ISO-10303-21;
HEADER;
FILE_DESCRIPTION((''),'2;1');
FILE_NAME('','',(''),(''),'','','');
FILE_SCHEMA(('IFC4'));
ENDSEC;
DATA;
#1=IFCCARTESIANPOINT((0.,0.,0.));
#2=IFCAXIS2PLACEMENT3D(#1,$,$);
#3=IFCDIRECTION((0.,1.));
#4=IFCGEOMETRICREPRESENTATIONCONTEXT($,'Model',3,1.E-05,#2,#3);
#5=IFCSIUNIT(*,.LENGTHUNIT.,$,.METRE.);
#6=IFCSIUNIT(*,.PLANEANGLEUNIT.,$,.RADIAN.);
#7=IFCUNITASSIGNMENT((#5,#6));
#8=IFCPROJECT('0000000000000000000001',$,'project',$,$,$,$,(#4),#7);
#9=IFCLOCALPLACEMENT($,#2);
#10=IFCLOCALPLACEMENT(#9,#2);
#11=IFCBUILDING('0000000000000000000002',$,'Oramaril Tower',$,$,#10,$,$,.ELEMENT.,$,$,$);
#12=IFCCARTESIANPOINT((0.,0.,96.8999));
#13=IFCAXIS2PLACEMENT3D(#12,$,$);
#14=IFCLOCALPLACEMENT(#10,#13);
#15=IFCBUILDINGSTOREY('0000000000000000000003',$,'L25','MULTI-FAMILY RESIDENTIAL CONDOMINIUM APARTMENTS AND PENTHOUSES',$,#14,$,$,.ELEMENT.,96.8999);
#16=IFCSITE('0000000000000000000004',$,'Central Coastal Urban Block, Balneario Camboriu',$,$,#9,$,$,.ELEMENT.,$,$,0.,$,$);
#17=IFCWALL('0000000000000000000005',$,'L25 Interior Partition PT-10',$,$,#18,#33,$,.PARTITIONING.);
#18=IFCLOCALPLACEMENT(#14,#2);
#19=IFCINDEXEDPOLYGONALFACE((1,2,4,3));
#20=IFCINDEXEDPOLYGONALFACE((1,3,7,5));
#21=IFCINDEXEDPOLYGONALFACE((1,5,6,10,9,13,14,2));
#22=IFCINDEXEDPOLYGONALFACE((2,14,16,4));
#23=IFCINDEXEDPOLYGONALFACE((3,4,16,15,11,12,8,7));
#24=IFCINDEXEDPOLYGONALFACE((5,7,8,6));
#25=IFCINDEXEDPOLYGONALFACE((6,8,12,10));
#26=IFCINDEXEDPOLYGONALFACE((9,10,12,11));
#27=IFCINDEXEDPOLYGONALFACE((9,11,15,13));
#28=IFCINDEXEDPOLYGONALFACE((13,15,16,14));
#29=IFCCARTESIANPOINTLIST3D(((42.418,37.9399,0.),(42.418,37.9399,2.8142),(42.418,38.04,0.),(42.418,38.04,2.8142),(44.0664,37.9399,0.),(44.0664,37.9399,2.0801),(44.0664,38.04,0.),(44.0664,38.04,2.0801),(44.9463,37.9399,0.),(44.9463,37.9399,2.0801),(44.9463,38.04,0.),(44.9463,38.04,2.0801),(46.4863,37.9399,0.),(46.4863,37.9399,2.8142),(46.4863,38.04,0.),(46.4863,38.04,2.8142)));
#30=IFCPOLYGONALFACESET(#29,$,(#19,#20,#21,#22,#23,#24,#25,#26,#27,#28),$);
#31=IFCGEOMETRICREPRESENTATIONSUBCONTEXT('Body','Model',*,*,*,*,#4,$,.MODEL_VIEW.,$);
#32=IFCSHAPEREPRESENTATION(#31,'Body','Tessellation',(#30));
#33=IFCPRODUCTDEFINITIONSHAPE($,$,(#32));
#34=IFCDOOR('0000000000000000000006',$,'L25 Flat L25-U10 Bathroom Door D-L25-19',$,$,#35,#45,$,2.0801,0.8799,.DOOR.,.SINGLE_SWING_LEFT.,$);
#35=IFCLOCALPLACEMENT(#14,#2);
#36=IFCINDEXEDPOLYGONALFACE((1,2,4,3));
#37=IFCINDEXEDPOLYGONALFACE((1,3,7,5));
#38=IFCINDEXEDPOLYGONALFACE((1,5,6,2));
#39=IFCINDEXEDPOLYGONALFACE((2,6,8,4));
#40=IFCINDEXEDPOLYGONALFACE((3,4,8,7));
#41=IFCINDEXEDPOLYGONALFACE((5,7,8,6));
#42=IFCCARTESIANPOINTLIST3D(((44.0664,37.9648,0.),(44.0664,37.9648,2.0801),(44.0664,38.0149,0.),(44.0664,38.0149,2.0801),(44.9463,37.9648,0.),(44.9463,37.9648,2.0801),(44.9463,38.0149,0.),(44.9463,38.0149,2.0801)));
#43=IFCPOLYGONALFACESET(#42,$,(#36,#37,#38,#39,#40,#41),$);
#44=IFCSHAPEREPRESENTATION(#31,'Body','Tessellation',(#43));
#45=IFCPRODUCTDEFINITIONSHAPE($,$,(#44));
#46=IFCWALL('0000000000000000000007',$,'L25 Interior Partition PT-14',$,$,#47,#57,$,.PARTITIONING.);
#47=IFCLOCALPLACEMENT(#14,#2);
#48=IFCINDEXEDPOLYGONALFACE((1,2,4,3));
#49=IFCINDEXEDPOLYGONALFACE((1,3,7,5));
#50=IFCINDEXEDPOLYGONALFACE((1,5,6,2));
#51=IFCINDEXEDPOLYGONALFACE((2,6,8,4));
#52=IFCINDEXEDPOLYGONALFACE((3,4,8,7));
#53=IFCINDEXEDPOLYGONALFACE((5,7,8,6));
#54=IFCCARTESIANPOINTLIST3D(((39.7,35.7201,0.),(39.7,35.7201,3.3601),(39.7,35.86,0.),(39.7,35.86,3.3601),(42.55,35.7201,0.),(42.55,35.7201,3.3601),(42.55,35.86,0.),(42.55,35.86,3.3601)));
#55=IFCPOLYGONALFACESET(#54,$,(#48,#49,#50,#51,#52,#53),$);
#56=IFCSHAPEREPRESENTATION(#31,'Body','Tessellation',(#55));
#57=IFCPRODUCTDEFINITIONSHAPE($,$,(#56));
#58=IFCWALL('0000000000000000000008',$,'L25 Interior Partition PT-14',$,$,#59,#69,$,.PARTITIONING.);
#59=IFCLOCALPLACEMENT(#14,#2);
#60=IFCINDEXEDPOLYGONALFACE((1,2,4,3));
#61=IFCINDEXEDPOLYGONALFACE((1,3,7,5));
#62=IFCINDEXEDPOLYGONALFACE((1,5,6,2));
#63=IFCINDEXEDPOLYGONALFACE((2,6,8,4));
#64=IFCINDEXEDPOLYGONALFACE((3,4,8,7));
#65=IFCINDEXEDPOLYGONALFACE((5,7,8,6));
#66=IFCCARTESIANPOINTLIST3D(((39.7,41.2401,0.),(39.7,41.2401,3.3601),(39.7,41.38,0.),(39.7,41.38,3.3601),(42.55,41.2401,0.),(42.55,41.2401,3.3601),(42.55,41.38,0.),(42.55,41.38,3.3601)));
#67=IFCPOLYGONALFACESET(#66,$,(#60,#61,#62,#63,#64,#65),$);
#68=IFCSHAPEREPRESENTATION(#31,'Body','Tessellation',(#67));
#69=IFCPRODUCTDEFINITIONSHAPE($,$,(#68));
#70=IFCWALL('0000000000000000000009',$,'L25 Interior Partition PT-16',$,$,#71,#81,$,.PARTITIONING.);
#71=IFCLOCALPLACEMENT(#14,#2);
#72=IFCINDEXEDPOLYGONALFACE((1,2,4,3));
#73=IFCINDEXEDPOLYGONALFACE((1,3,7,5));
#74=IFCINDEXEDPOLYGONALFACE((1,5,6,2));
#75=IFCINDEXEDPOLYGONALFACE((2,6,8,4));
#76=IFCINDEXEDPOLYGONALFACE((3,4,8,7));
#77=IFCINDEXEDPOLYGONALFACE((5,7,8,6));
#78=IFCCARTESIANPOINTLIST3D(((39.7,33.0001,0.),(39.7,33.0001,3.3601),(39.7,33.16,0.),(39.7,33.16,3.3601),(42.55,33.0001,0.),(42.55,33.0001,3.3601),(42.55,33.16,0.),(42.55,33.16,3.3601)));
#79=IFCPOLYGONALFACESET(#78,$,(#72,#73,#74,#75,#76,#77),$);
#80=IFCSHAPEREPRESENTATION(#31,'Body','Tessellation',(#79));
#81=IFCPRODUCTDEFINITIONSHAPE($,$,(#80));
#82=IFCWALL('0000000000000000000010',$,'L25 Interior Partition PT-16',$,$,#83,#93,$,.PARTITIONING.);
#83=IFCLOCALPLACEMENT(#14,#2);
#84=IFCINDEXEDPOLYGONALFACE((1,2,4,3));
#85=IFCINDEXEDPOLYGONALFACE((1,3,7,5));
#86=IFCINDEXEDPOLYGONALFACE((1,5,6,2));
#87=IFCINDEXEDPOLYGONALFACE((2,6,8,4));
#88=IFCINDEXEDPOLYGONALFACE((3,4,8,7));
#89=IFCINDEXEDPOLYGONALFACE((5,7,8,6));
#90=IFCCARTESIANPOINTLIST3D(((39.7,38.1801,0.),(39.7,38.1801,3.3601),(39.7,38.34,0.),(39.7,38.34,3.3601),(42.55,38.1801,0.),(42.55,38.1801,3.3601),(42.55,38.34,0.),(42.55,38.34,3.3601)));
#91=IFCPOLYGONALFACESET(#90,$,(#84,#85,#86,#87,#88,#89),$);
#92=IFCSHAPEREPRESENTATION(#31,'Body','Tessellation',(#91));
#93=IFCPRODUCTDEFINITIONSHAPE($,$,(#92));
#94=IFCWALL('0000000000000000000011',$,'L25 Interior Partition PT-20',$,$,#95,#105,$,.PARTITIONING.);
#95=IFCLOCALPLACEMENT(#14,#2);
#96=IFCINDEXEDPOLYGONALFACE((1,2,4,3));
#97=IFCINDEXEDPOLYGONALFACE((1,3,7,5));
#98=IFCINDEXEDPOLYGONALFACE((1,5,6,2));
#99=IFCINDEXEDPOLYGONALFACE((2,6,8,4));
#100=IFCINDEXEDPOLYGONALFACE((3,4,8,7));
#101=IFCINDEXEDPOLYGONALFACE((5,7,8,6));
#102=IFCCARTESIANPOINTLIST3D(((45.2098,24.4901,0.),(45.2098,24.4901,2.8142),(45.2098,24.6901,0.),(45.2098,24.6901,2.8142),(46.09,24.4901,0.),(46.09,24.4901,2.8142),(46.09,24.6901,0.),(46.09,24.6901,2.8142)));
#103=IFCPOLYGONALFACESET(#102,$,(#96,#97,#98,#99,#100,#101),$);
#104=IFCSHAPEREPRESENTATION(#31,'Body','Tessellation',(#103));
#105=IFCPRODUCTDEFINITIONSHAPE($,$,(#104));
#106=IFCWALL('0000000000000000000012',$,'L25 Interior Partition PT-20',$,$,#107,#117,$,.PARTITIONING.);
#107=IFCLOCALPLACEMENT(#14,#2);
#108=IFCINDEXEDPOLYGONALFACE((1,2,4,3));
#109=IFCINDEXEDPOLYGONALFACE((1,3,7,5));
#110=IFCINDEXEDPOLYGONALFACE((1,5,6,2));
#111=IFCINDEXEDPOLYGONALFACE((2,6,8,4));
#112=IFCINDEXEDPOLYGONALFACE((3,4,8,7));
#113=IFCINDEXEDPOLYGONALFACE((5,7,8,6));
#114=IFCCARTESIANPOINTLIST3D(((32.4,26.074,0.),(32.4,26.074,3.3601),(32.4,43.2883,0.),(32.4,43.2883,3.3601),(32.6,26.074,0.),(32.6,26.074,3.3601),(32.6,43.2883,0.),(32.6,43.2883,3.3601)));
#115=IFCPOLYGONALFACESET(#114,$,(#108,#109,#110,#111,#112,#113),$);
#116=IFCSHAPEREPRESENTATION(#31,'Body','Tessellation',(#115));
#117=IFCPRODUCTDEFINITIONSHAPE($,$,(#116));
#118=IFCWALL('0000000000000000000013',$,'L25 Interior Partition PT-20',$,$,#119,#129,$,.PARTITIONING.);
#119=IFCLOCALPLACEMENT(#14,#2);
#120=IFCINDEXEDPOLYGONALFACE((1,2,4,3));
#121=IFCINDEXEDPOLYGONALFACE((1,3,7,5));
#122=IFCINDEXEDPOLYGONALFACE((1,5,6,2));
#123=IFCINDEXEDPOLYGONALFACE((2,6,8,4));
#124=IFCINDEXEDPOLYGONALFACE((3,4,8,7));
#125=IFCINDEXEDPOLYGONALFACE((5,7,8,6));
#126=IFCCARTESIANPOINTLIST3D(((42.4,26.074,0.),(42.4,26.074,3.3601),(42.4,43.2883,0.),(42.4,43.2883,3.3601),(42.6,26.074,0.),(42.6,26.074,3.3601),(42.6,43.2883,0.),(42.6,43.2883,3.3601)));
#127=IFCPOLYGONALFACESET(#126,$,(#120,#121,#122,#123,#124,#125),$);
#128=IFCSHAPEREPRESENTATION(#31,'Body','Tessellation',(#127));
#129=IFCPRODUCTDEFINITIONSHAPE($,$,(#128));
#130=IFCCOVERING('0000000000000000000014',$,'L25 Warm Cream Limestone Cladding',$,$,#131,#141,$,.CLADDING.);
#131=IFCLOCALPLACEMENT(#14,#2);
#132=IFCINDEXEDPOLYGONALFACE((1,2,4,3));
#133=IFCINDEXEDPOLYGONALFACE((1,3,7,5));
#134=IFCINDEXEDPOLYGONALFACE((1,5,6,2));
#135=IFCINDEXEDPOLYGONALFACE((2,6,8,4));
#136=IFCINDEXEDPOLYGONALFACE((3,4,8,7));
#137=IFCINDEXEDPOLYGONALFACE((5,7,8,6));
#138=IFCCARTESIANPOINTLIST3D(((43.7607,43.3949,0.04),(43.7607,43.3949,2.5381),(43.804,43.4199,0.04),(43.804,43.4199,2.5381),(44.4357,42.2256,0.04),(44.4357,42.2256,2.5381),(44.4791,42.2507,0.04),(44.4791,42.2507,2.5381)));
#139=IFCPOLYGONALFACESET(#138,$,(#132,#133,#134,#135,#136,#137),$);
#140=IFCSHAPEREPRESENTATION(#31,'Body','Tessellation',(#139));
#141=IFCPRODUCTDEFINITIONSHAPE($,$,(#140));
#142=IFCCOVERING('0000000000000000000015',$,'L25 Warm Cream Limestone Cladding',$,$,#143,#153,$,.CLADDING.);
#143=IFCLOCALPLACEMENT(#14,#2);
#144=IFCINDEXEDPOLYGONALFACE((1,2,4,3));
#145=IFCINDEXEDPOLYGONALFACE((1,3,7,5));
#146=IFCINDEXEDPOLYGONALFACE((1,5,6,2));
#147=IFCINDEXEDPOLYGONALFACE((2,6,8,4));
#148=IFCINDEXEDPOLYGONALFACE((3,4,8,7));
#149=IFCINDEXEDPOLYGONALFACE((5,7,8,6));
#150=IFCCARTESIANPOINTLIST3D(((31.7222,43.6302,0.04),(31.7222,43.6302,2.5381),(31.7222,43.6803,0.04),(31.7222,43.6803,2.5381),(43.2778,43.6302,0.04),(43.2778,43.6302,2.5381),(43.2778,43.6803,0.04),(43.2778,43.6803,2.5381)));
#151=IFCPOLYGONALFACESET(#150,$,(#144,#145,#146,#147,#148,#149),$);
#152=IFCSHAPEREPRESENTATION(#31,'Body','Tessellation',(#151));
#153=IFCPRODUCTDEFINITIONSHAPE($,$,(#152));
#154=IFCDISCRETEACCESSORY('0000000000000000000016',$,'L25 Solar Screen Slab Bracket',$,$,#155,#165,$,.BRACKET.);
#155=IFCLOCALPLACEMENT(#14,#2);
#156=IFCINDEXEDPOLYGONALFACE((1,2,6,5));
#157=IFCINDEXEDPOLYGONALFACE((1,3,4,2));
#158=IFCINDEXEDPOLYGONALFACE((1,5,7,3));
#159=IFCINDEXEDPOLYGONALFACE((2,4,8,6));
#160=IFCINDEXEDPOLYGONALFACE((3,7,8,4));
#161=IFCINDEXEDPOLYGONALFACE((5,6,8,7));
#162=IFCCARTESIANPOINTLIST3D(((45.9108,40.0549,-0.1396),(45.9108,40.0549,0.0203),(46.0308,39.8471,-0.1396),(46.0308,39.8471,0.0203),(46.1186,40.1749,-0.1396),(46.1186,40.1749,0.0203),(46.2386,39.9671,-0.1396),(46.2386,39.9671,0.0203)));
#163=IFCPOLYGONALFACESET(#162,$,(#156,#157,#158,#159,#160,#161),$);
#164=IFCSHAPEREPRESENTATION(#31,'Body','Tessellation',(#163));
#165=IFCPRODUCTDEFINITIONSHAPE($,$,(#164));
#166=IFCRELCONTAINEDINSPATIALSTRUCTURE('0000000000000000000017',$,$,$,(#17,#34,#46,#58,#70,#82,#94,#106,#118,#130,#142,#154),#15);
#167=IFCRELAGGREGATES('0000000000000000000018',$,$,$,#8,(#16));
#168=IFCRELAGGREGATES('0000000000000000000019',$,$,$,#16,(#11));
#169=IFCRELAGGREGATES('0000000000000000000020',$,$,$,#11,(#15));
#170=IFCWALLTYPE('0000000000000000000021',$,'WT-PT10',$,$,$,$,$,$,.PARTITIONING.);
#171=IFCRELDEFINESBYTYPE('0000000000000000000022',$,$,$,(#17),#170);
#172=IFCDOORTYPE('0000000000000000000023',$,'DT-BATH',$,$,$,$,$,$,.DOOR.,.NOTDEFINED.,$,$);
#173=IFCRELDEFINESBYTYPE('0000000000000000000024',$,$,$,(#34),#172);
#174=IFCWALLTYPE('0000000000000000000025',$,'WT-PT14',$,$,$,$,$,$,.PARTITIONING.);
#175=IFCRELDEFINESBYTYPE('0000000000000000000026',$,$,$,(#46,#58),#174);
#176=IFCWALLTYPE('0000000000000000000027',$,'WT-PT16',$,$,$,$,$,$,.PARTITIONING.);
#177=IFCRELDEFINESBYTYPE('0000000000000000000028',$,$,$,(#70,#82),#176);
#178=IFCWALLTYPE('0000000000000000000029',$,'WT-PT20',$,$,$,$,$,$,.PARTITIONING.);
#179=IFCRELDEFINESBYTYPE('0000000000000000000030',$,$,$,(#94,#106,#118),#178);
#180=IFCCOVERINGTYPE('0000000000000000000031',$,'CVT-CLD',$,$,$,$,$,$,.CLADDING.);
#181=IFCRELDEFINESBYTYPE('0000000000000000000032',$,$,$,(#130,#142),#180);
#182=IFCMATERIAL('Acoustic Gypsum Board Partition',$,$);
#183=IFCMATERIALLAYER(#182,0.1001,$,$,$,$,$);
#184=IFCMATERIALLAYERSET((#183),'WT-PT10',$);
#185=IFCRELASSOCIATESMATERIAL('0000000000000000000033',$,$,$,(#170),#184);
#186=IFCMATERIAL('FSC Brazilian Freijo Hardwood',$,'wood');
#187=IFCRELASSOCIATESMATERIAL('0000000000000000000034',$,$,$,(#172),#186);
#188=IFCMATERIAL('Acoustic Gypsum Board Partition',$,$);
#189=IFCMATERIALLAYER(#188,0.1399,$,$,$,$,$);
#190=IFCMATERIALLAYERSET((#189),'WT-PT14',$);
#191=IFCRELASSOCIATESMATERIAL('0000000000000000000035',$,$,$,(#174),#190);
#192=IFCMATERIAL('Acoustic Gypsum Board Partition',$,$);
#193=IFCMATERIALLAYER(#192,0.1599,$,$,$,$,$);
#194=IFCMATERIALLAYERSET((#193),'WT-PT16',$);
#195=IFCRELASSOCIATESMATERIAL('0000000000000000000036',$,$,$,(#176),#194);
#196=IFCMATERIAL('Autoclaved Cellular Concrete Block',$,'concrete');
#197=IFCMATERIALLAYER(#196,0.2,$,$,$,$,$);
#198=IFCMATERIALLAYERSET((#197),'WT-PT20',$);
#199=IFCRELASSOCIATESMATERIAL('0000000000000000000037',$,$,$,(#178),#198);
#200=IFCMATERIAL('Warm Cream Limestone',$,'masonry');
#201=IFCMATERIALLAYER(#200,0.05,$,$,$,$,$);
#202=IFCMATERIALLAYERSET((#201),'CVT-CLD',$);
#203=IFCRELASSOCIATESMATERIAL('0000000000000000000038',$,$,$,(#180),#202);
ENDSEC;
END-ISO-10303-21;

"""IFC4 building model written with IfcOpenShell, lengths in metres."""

from ifc_helpers import new_model, si_unit, direction, frame, frame_2d, origin, origin_2d, place, context, subcontext, project, spatial, rectangle, extrude, material, layer, layer_set, type_object, element, fill, save


model = new_model("IFC4")

# Units and contexts
model_context = context("Model", 3, precision=1e-05, world=origin(), true_north=direction((0.0, 1.0)))
body_context = subcontext(model_context, "Body", "Model", "MODEL_VIEW")
ifc_project = project(units=[si_unit("LENGTHUNIT", "METRE"), si_unit("PLANEANGLEUNIT", "RADIAN")], contexts=[model_context])

# Site, building, storey
site_placement = place(None, origin())
site = spatial("IfcSite", under=ifc_project, at=site_placement, Name="Central Coastal Urban Block, Balneario Camboriu", CompositionType="ELEMENT", RefElevation=0.0)
building_placement = place(site_placement, origin())
building = spatial("IfcBuilding", under=site, at=building_placement, Name="Oramaril Tower", CompositionType="ELEMENT")
storey_placement = place(building_placement, frame((0.0, 0.0, 96.8999)))
storey = spatial("IfcBuildingStorey", under=building, at=storey_placement, Name="L25", Description="MULTI-FAMILY RESIDENTIAL CONDOMINIUM APARTMENTS AND PENTHOUSES", CompositionType="ELEMENT", Elevation=96.8999)

# Shared definitions
ifc_material_1 = material(Name="Acoustic Gypsum Board Partition")
ifc_layer_1 = layer(ifc_material_1, 0.1001)
ifc_layer_set_1 = layer_set([ifc_layer_1], Name="WT-PT10")
wall_type_1 = type_object("IfcWallType", Name="WT-PT10", PredefinedType="PARTITIONING", material=ifc_layer_set_1)

# Wall, opening, door
wall_1_placement = place(storey_placement, frame((42.418, 37.99, 0.0), z_axis=(0.0, 0.0, 1.0), x_axis=(1.0, 0.0, 0.0)))
wall_1 = element("IfcWall", 1, at=wall_1_placement, inside=storey, type_object=wall_type_1, Name="L25 Interior Partition PT-10", PredefinedType="PARTITIONING", context=body_context, shape_type="SweptSolid", body=[
    extrude(rectangle(XDim=4.0684, YDim=0.1001, at=frame_2d((2.0342, 0.0))), origin(), (0.0, 0.0, 1.0), 2.8142),
])
opening_1_placement = place(wall_1_placement, frame((1.6484, 0.0, 0.0)))
opening_1 = element("IfcOpeningElement", 2, at=opening_1_placement, cuts=wall_1, PredefinedType="OPENING", context=body_context, shape_type="SweptSolid", body=[
    extrude(rectangle(XDim=0.8799, YDim=2.0801, at=frame_2d((0.4399, 1.04))), frame((0.0, 0.05, 0.0), z_axis=(0.0, -1.0, 0.0), x_axis=(1.0, 0.0, 0.0)), (0.0, 0.0, 1.0), 0.1001),
])
ifc_material_2 = material(Name="FSC Brazilian Freijo Hardwood", Category="wood")
door_type_1 = type_object("IfcDoorType", Name="DT-BATH", OperationType="NOTDEFINED", PredefinedType="DOOR", material=ifc_material_2)
door_1_placement = place(opening_1_placement, origin())
door_1 = element("IfcDoor", 3, at=door_1_placement, inside=storey, type_object=door_type_1, Name="L25 Flat L25-U10 Bathroom Door D-L25-19", OperationType="SINGLE_SWING_LEFT", OverallHeight=2.0801, OverallWidth=0.8799, PredefinedType="DOOR", context=body_context, shape_type="SweptSolid", body=[
    extrude(rectangle(XDim=0.8799, YDim=2.0801, at=frame_2d((0.4399, 1.04))), frame((0.0, 0.0249, 0.0), z_axis=(0.0, -1.0, 0.0), x_axis=(1.0, 0.0, 0.0)), (0.0, 0.0, 1.0), 0.05),
])
fill(opening_1, door_1)

# Walls
ifc_material_3 = material(Name="Acoustic Gypsum Board Partition")
ifc_layer_2 = layer(ifc_material_3, 0.1399)
ifc_layer_set_2 = layer_set([ifc_layer_2], Name="WT-PT14")
wall_type_2 = type_object("IfcWallType", Name="WT-PT14", PredefinedType="PARTITIONING", material=ifc_layer_set_2)
for number, where, z_axis, x_axis, name in (
    (4, (39.7, 35.79, 0.0), (0.0, 0.0, 1.0), (1.0, 0.0, 0.0), "L25 Interior Partition PT-14"),
    (5, (39.7, 41.3101, 0.0), (0.0, 0.0, 1.0), (1.0, 0.0, 0.0), "L25 Interior Partition PT-14"),
):
    element("IfcWall", number, at=place(storey_placement, frame(where, z_axis=z_axis, x_axis=x_axis)), inside=storey, type_object=wall_type_2, Name=name, PredefinedType="PARTITIONING", context=body_context, shape_type="SweptSolid", body=[
        extrude(rectangle(XDim=2.8501, YDim=0.1399, at=frame_2d((1.425, 0.0))), origin(), (0.0, 0.0, 1.0), 3.3601),
    ])
ifc_material_4 = material(Name="Acoustic Gypsum Board Partition")
ifc_layer_3 = layer(ifc_material_4, 0.1599)
ifc_layer_set_3 = layer_set([ifc_layer_3], Name="WT-PT16")
wall_type_3 = type_object("IfcWallType", Name="WT-PT16", PredefinedType="PARTITIONING", material=ifc_layer_set_3)
for number, where, z_axis, x_axis, name in (
    (6, (39.7, 33.0801, 0.0), (0.0, 0.0, 1.0), (1.0, 0.0, 0.0), "L25 Interior Partition PT-16"),
    (7, (39.7, 38.26, 0.0), (0.0, 0.0, 1.0), (1.0, 0.0, 0.0), "L25 Interior Partition PT-16"),
):
    element("IfcWall", number, at=place(storey_placement, frame(where, z_axis=z_axis, x_axis=x_axis)), inside=storey, type_object=wall_type_3, Name=name, PredefinedType="PARTITIONING", context=body_context, shape_type="SweptSolid", body=[
        extrude(rectangle(XDim=2.8501, YDim=0.1599, at=frame_2d((1.425, 0.0))), origin(), (0.0, 0.0, 1.0), 3.3601),
    ])

# Walls
ifc_material_5 = material(Name="Autoclaved Cellular Concrete Block", Category="concrete")
ifc_layer_4 = layer(ifc_material_5, 0.2)
ifc_layer_set_4 = layer_set([ifc_layer_4], Name="WT-PT20")
wall_type_4 = type_object("IfcWallType", Name="WT-PT20", PredefinedType="PARTITIONING", material=ifc_layer_set_4)
wall_2_placement = place(storey_placement, frame((45.21, 24.5901, 0.0), z_axis=(0.0, 0.0, 1.0), x_axis=(1.0, 0.0, 0.0)))
element("IfcWall", 8, at=wall_2_placement, inside=storey, type_object=wall_type_4, Name="L25 Interior Partition PT-20", PredefinedType="PARTITIONING", context=body_context, shape_type="SweptSolid", body=[
    extrude(rectangle(XDim=0.8801, YDim=0.2, at=frame_2d((0.4399, 0.0))), origin(), (0.0, 0.0, 1.0), 2.8142),
])
for number, where, z_axis, x_axis, name in (
    (9, (32.5, 26.074, 0.0), (0.0, 0.0, 1.0), (0.0, 1.0, 0.0), "L25 Interior Partition PT-20"),
    (10, (42.5, 26.074, 0.0), (0.0, 0.0, 1.0), (0.0, 1.0, 0.0), "L25 Interior Partition PT-20"),
):
    element("IfcWall", number, at=place(storey_placement, frame(where, z_axis=z_axis, x_axis=x_axis)), inside=storey, type_object=wall_type_4, Name=name, PredefinedType="PARTITIONING", context=body_context, shape_type="SweptSolid", body=[
        extrude(rectangle(XDim=17.2144, YDim=0.2, at=frame_2d((8.6072, 0.0))), origin(), (0.0, 0.0, 1.0), 3.3601),
    ])

# Coverings
ifc_material_6 = material(Name="Warm Cream Limestone", Category="masonry")
ifc_layer_5 = layer(ifc_material_6, 0.05)
ifc_layer_set_5 = layer_set([ifc_layer_5], Name="CVT-CLD")
covering_type = type_object("IfcCoveringType", Name="CVT-CLD", PredefinedType="CLADDING", material=ifc_layer_set_5)
covering_1_placement = place(storey_placement, frame((44.1199, 42.8228, 0.04), z_axis=(0.0, 0.0, 1.0), x_axis=(-0.5, 0.866025, 0.0)))
element("IfcCovering", 11, at=covering_1_placement, inside=storey, type_object=covering_type, Name="L25 Warm Cream Limestone Cladding", PredefinedType="CLADDING", context=body_context, shape_type="SweptSolid", body=[
    extrude(rectangle(XDim=1.3501, YDim=0.05, at=origin_2d()), origin(), (0.0, 0.0, 1.0), 2.498),
])
covering_2_placement = place(storey_placement, frame((37.5, 43.6553, 0.04), z_axis=(0.0, 0.0, 1.0), x_axis=(-1.0, 0.0, 0.0)))
element("IfcCovering", 12, at=covering_2_placement, inside=storey, type_object=covering_type, Name="L25 Warm Cream Limestone Cladding", PredefinedType="CLADDING", context=body_context, shape_type="SweptSolid", body=[
    extrude(rectangle(XDim=11.5557, YDim=0.05, at=origin_2d()), origin(), (0.0, 0.0, 1.0), 2.498),
])

# Discrete accessory
discrete_accessory_placement = place(storey_placement, frame((46.0747, 40.011, -0.1396), z_axis=(0.0, 0.0, 1.0), x_axis=(-0.5, 0.866025, 0.0)))
element("IfcDiscreteAccessory", 13, at=discrete_accessory_placement, inside=storey, Name="L25 Solar Screen Slab Bracket", PredefinedType="BRACKET", context=body_context, shape_type="SweptSolid", body=[
    extrude(rectangle(XDim=0.24, YDim=0.24, at=origin_2d()), origin(), (0.0, 0.0, 1.0), 0.1599),
])

save(model, "model.ifc")
